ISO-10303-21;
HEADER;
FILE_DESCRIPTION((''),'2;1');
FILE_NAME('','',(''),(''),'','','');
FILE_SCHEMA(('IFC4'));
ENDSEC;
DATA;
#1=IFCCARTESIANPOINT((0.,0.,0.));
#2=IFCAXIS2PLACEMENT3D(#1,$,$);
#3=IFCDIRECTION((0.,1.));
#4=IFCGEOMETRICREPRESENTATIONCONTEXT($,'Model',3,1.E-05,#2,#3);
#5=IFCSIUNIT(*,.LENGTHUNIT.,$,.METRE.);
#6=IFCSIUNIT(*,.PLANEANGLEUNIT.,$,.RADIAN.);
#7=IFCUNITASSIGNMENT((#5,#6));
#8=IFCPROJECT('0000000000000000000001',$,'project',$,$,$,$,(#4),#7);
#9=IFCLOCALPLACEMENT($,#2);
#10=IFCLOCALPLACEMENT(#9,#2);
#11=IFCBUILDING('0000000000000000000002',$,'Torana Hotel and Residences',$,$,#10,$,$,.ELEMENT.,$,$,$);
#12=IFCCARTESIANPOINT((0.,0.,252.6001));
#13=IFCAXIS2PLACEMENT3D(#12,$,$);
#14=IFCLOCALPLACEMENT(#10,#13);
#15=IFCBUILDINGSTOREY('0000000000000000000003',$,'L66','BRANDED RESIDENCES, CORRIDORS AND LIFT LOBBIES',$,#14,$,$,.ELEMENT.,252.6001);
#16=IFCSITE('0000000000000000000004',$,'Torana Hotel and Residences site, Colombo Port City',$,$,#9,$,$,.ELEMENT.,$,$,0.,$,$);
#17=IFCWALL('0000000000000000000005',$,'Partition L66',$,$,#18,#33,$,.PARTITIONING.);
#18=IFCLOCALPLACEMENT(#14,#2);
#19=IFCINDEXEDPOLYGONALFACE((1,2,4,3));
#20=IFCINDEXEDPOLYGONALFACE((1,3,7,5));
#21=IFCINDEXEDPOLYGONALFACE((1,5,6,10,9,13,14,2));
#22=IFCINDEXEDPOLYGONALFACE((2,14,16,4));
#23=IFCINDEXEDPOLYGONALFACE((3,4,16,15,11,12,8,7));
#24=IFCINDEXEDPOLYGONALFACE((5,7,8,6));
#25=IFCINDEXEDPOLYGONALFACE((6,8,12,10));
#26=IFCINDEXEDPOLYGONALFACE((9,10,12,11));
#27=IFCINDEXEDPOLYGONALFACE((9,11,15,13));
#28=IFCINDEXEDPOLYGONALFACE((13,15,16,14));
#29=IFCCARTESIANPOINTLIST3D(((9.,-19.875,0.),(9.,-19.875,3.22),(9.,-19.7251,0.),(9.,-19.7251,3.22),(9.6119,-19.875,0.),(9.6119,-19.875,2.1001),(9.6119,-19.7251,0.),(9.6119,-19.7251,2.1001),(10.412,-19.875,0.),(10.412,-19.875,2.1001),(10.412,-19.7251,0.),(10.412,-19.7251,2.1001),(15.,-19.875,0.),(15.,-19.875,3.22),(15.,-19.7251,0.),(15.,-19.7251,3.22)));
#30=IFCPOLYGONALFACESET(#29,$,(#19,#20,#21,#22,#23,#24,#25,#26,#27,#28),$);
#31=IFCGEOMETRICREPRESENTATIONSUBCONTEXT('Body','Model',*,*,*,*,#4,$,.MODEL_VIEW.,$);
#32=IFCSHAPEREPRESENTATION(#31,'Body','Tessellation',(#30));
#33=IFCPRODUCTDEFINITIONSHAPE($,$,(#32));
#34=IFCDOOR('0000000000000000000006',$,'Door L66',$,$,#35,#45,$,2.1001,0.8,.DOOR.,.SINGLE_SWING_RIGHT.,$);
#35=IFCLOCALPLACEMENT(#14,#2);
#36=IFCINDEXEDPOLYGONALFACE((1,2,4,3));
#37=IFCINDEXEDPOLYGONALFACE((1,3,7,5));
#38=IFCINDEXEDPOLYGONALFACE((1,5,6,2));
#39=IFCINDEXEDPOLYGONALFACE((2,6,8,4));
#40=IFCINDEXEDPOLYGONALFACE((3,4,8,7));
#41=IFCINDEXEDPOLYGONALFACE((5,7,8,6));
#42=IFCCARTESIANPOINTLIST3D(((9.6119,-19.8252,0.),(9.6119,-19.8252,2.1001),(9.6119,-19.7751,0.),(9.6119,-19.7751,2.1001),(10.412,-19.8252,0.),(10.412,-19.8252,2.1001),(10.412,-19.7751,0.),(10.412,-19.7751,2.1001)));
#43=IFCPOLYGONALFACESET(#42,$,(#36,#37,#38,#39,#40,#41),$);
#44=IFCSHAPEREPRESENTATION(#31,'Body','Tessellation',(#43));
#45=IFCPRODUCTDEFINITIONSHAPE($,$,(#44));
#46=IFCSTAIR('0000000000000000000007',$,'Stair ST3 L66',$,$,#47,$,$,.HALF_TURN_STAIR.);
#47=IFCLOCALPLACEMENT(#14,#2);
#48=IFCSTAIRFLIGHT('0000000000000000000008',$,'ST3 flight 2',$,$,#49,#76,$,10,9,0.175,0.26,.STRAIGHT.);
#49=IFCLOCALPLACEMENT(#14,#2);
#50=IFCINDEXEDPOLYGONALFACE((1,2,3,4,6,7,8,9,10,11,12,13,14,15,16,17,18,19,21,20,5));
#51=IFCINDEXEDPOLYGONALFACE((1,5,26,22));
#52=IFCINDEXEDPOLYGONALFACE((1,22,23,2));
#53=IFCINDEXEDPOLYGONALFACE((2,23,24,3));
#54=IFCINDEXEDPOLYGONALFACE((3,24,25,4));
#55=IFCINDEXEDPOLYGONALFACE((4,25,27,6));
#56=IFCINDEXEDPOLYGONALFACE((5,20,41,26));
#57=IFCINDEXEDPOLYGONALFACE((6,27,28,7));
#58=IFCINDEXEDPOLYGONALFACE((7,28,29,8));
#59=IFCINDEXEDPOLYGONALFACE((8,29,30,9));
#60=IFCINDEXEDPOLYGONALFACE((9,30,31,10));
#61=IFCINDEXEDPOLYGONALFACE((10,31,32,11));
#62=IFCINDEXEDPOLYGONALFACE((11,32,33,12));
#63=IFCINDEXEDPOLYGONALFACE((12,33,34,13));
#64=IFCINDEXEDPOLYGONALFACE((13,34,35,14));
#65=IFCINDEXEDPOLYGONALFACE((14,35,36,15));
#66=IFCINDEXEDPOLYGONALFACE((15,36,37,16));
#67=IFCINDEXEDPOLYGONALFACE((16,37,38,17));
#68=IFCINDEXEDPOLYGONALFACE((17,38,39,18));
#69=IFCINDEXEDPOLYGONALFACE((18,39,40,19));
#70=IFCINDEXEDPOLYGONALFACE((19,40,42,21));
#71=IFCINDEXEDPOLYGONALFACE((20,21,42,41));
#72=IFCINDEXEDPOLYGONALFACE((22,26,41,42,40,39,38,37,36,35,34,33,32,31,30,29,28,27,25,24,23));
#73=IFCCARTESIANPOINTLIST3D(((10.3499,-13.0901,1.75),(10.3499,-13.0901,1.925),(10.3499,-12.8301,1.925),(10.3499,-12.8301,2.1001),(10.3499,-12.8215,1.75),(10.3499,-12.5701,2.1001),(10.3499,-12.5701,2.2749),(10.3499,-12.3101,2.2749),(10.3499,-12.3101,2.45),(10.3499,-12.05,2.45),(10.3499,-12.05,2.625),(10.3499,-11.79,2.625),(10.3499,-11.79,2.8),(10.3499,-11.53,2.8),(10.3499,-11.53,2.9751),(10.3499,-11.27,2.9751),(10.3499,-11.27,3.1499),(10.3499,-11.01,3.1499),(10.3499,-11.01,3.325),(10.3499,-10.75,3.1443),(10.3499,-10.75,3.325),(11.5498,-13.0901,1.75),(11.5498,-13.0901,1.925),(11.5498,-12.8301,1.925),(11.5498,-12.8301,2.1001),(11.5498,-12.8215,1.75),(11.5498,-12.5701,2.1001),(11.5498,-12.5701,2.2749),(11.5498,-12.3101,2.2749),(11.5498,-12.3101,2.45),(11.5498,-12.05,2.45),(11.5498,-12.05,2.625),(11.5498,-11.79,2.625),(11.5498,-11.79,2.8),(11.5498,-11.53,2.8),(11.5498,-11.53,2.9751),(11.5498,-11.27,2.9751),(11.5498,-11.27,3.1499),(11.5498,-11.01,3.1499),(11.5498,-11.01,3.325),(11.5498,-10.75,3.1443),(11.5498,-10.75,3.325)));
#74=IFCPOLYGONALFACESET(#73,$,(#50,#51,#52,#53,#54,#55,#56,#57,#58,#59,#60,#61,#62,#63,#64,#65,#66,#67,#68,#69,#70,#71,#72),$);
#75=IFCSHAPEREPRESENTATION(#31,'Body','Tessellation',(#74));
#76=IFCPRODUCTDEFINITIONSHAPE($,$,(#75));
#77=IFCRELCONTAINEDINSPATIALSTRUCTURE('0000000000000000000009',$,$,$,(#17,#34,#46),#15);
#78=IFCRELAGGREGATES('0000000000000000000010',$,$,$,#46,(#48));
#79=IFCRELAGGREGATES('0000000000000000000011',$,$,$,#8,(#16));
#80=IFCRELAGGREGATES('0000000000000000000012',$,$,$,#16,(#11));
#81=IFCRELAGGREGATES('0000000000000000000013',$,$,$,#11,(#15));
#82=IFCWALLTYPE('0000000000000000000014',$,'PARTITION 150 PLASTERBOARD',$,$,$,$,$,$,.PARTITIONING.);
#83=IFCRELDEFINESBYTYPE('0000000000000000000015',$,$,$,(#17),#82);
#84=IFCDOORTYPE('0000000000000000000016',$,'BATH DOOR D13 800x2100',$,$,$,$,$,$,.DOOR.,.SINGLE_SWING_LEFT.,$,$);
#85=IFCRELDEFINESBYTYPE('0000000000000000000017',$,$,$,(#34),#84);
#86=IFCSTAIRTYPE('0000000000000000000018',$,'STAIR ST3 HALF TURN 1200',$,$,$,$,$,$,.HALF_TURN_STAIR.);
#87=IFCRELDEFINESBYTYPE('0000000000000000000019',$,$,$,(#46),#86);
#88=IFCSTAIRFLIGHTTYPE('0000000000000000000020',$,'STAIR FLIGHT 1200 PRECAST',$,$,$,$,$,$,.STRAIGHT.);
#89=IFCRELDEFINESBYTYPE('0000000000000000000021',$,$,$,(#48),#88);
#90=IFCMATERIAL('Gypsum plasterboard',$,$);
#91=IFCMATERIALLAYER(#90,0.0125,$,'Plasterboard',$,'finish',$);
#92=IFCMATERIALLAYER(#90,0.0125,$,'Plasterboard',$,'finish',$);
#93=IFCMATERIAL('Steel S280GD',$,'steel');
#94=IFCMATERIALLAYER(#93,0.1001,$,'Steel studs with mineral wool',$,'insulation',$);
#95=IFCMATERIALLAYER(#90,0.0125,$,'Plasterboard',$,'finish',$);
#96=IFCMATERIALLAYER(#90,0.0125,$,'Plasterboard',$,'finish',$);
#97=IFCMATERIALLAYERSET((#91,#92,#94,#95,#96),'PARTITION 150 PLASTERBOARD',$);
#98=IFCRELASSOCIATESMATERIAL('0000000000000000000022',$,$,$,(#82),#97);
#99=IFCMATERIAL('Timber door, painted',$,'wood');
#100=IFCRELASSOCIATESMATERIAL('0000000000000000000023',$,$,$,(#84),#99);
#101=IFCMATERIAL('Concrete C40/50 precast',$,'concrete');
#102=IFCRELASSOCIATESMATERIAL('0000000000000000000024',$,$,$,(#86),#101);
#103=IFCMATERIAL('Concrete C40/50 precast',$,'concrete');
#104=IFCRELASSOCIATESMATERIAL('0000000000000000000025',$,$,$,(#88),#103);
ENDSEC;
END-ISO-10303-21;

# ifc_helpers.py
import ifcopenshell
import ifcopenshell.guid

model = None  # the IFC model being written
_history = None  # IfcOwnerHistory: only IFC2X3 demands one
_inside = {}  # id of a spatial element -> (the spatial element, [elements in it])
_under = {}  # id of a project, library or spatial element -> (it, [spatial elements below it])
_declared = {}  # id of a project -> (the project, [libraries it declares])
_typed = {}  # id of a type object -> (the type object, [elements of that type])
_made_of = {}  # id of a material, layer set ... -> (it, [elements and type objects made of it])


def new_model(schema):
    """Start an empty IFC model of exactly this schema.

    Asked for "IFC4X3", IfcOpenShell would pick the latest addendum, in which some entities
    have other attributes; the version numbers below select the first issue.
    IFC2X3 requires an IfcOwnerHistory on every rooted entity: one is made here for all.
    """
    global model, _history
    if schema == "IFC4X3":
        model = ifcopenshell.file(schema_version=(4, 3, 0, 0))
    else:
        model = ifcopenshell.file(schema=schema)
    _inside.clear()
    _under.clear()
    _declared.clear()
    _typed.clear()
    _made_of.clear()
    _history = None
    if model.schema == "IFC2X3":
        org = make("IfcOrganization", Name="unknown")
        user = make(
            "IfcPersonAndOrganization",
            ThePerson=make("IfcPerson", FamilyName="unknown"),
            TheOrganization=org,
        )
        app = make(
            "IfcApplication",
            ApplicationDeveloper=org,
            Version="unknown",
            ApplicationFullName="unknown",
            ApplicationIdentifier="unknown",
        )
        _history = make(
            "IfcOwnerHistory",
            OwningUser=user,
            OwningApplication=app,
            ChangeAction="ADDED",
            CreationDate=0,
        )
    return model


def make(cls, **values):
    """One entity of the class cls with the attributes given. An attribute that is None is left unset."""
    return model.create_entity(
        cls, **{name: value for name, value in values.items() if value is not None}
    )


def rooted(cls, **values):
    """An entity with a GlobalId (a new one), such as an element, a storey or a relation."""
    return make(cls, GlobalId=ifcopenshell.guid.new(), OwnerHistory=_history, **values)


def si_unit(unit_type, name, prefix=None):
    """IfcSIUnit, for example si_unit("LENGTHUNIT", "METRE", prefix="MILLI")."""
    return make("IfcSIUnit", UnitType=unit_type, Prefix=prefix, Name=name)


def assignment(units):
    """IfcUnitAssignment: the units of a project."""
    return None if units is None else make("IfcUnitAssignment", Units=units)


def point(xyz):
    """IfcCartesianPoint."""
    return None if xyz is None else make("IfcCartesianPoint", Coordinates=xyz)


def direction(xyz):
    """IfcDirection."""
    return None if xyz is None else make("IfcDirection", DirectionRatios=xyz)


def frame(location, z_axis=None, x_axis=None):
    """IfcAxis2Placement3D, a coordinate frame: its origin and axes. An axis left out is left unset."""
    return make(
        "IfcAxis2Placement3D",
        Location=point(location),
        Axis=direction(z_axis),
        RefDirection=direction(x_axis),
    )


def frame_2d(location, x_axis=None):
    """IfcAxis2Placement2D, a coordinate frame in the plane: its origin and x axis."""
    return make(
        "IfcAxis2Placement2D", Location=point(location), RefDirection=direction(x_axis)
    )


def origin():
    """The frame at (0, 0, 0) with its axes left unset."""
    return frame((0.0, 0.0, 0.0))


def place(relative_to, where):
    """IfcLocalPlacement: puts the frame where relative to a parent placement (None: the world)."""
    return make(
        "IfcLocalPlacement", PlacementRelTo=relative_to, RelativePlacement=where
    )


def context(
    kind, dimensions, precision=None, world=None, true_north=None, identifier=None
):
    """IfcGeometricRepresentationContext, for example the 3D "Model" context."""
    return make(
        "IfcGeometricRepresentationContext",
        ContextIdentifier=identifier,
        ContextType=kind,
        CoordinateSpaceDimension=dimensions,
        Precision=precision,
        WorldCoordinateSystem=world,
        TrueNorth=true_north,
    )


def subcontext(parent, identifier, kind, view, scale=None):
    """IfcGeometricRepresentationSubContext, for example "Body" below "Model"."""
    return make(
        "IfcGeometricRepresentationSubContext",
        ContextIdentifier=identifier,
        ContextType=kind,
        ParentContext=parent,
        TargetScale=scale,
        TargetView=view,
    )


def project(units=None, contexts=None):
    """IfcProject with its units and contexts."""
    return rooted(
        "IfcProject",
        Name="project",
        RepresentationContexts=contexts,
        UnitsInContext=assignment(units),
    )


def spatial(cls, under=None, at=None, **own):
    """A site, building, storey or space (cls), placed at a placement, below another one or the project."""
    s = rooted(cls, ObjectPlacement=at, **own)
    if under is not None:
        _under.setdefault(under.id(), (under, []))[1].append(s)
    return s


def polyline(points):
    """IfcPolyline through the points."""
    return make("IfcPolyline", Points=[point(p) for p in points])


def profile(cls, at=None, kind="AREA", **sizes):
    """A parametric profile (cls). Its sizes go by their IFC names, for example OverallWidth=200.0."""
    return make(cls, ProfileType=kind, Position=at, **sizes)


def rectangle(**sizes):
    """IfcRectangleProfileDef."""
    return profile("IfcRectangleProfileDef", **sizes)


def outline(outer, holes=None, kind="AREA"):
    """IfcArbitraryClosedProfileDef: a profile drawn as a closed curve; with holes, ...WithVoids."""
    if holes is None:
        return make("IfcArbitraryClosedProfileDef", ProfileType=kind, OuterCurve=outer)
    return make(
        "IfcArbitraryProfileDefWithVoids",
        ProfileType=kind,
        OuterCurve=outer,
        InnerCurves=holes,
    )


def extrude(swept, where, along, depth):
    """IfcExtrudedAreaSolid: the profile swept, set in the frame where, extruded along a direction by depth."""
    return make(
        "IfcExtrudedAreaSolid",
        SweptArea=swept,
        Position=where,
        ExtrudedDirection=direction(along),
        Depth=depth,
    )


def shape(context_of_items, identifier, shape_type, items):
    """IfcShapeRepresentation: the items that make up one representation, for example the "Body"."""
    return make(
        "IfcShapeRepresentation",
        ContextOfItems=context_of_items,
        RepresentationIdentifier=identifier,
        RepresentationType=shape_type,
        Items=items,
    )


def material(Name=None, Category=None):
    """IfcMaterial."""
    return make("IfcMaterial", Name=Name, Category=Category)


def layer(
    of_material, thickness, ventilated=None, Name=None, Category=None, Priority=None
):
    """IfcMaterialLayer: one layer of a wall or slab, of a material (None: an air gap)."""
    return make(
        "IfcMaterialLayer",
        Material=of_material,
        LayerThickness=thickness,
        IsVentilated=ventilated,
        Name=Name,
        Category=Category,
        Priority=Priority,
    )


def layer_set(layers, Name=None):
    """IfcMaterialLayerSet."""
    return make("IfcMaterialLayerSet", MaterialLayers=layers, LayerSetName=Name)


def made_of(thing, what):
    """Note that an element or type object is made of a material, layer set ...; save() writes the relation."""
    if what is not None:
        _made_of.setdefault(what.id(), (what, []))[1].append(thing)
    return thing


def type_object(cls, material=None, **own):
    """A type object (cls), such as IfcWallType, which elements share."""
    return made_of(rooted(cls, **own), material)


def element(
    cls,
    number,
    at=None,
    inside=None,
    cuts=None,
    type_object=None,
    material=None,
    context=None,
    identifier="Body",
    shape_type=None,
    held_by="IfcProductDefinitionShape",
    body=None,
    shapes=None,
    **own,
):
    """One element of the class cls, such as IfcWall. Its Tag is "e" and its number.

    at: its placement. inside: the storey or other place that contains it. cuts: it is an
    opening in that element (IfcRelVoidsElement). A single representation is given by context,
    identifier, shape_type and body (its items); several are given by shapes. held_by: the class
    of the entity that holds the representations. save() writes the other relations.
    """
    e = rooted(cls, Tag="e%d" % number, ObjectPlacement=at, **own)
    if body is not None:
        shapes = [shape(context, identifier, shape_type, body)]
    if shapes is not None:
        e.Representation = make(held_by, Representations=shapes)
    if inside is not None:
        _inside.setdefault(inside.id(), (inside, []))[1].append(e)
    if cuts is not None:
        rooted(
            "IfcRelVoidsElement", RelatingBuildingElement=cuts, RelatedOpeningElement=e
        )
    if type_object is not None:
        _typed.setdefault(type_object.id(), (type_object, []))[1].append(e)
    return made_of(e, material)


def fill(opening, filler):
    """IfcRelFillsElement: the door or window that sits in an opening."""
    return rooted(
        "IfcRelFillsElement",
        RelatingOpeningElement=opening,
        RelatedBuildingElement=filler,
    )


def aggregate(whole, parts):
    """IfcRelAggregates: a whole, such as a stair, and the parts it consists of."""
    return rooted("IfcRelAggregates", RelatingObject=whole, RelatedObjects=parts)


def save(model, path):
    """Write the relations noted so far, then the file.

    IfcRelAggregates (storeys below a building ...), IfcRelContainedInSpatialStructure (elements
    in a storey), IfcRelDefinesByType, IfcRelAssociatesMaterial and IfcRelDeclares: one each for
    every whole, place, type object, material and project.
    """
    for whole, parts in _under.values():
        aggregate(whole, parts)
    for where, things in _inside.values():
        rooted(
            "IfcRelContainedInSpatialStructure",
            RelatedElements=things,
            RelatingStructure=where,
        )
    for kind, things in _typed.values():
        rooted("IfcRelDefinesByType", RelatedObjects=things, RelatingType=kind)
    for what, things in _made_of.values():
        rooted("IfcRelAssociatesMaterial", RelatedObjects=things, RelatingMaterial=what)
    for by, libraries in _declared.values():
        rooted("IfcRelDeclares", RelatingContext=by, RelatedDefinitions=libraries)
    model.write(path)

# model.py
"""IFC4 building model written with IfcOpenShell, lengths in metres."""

from ifc_helpers import new_model, si_unit, direction, frame, frame_2d, origin, place, context, subcontext, project, spatial, polyline, rectangle, outline, extrude, material, layer, layer_set, type_object, element, fill, aggregate, save


model = new_model("IFC4")

# Units and contexts
model_context = context("Model", 3, precision=1e-05, world=origin(), true_north=direction((0.0, 1.0)))
body_context = subcontext(model_context, "Body", "Model", "MODEL_VIEW")
ifc_project = project(units=[si_unit("LENGTHUNIT", "METRE"), si_unit("PLANEANGLEUNIT", "RADIAN")], contexts=[model_context])

# Site, building, storey
site_placement = place(None, origin())
site = spatial("IfcSite", under=ifc_project, at=site_placement, Name="Torana Hotel and Residences site, Colombo Port City", CompositionType="ELEMENT", RefElevation=0.0)
building_placement = place(site_placement, origin())
building = spatial("IfcBuilding", under=site, at=building_placement, Name="Torana Hotel and Residences", CompositionType="ELEMENT")
storey_placement = place(building_placement, frame((0.0, 0.0, 252.6001)))
storey = spatial("IfcBuildingStorey", under=building, at=storey_placement, Name="L66", Description="BRANDED RESIDENCES, CORRIDORS AND LIFT LOBBIES", CompositionType="ELEMENT", Elevation=252.6001)

# Shared definitions
ifc_material_1 = material(Name="Gypsum plasterboard")
ifc_layer_1 = layer(ifc_material_1, 0.0125, Name="Plasterboard", Category="finish")
ifc_layer_2 = layer(ifc_material_1, 0.0125, Name="Plasterboard", Category="finish")
ifc_material_2 = material(Name="Steel S280GD", Category="steel")
ifc_layer_3 = layer(ifc_material_2, 0.1001, Name="Steel studs with mineral wool", Category="insulation")
ifc_layer_4 = layer(ifc_material_1, 0.0125, Name="Plasterboard", Category="finish")
ifc_layer_5 = layer(ifc_material_1, 0.0125, Name="Plasterboard", Category="finish")
ifc_layer_set_1 = layer_set([ifc_layer_1, ifc_layer_2, ifc_layer_3, ifc_layer_4, ifc_layer_5], Name="PARTITION 150 PLASTERBOARD")
wall_type_1 = type_object("IfcWallType", Name="PARTITION 150 PLASTERBOARD", PredefinedType="PARTITIONING", material=ifc_layer_set_1)

# Shared definitions
ifc_material_3 = material(Name="Timber door, painted", Category="wood")
door_type_1 = type_object("IfcDoorType", Name="BATH DOOR D13 800x2100", OperationType="SINGLE_SWING_LEFT", PredefinedType="DOOR", material=ifc_material_3)

# Wall, opening, door
wall_1_placement = place(storey_placement, frame((9.0, -19.8, 0.0), z_axis=(0.0, 0.0, 1.0), x_axis=(1.0, 0.0, 0.0)))
wall_1 = element("IfcWall", 1, at=wall_1_placement, inside=storey, type_object=wall_type_1, Name="Partition L66", PredefinedType="PARTITIONING", context=body_context, shape_type="SweptSolid", body=[
    extrude(rectangle(XDim=6.0, YDim=0.1499, at=frame_2d((3.0, 0.0))), origin(), (0.0, 0.0, 1.0), 3.22),
])
opening_1_placement = place(wall_1_placement, frame((0.6121, 0.0, 0.0)))
opening_1 = element("IfcOpeningElement", 2, at=opening_1_placement, cuts=wall_1, PredefinedType="OPENING", context=body_context, shape_type="SweptSolid", body=[
    extrude(rectangle(XDim=0.8, YDim=2.1001, at=frame_2d((0.3999, 1.05))), frame((0.0, 0.085, 0.0), z_axis=(0.0, -1.0, 0.0), x_axis=(1.0, 0.0, 0.0)), (0.0, 0.0, 1.0), 0.1699),
])
door_1_placement = place(opening_1_placement, origin())
door_1 = element("IfcDoor", 3, at=door_1_placement, inside=storey, type_object=door_type_1, Name="Door L66", OperationType="SINGLE_SWING_RIGHT", OverallHeight=2.1001, OverallWidth=0.8, PredefinedType="DOOR", context=body_context, shape_type="SweptSolid", body=[
    extrude(rectangle(XDim=0.8, YDim=2.1001, at=frame_2d((0.3999, 1.05))), frame((0.0, 0.0249, 0.0), z_axis=(0.0, -1.0, 0.0), x_axis=(1.0, 0.0, 0.0)), (0.0, 0.0, 1.0), 0.05),
])
fill(opening_1, door_1)

# Stair, stair flight
ifc_material_4 = material(Name="Concrete C40/50 precast", Category="concrete")
stair_type = type_object("IfcStairType", Name="STAIR ST3 HALF TURN 1200", PredefinedType="HALF_TURN_STAIR", material=ifc_material_4)
stair_placement = place(storey_placement, origin())
stair = element("IfcStair", 4, at=stair_placement, inside=storey, type_object=stair_type, Name="Stair ST3 L66", PredefinedType="HALF_TURN_STAIR")
ifc_material_5 = material(Name="Concrete C40/50 precast", Category="concrete")
stair_flight_type = type_object("IfcStairFlightType", Name="STAIR FLIGHT 1200 PRECAST", PredefinedType="STRAIGHT", material=ifc_material_5)
stair_flight_placement = place(storey_placement, frame((10.95, -13.0901, 1.75), z_axis=(0.0, 0.0, 1.0), x_axis=(0.0, 1.0, 0.0)))
stair_flight = element("IfcStairFlight", 5, at=stair_flight_placement, type_object=stair_flight_type, Name="ST3 flight 2", NumberOfRisers=10, NumberOfTreads=9, PredefinedType="STRAIGHT", RiserHeight=0.175, TreadLength=0.26, context=body_context, shape_type="SweptSolid", body=[
    extrude(outline(polyline([(0.0, 0.0), (0.0, 0.175), (0.26, 0.175), (0.26, 0.3501), (0.52, 0.3501), (0.52, 0.5249), (0.78, 0.5249), (0.78, 0.7), (1.04, 0.7), (1.04, 0.875), (1.3, 0.875), (1.3, 1.05), (1.5601, 1.05), (1.5601, 1.2251), (1.8201, 1.2251), (1.8201, 1.3999), (2.0801, 1.3999), (2.0801, 1.575), (2.3401, 1.575), (2.3401, 1.75), (2.3401, 1.3943), (0.2686, 0.0), (0.0, 0.0)])), frame((0.0, 0.6001, 0.0), z_axis=(0.0, -1.0, 0.0), x_axis=(1.0, 0.0, 0.0)), (0.0, 0.0, 1.0), 1.2),
])
aggregate(stair, [stair_flight])

save(model, "model.ifc")
